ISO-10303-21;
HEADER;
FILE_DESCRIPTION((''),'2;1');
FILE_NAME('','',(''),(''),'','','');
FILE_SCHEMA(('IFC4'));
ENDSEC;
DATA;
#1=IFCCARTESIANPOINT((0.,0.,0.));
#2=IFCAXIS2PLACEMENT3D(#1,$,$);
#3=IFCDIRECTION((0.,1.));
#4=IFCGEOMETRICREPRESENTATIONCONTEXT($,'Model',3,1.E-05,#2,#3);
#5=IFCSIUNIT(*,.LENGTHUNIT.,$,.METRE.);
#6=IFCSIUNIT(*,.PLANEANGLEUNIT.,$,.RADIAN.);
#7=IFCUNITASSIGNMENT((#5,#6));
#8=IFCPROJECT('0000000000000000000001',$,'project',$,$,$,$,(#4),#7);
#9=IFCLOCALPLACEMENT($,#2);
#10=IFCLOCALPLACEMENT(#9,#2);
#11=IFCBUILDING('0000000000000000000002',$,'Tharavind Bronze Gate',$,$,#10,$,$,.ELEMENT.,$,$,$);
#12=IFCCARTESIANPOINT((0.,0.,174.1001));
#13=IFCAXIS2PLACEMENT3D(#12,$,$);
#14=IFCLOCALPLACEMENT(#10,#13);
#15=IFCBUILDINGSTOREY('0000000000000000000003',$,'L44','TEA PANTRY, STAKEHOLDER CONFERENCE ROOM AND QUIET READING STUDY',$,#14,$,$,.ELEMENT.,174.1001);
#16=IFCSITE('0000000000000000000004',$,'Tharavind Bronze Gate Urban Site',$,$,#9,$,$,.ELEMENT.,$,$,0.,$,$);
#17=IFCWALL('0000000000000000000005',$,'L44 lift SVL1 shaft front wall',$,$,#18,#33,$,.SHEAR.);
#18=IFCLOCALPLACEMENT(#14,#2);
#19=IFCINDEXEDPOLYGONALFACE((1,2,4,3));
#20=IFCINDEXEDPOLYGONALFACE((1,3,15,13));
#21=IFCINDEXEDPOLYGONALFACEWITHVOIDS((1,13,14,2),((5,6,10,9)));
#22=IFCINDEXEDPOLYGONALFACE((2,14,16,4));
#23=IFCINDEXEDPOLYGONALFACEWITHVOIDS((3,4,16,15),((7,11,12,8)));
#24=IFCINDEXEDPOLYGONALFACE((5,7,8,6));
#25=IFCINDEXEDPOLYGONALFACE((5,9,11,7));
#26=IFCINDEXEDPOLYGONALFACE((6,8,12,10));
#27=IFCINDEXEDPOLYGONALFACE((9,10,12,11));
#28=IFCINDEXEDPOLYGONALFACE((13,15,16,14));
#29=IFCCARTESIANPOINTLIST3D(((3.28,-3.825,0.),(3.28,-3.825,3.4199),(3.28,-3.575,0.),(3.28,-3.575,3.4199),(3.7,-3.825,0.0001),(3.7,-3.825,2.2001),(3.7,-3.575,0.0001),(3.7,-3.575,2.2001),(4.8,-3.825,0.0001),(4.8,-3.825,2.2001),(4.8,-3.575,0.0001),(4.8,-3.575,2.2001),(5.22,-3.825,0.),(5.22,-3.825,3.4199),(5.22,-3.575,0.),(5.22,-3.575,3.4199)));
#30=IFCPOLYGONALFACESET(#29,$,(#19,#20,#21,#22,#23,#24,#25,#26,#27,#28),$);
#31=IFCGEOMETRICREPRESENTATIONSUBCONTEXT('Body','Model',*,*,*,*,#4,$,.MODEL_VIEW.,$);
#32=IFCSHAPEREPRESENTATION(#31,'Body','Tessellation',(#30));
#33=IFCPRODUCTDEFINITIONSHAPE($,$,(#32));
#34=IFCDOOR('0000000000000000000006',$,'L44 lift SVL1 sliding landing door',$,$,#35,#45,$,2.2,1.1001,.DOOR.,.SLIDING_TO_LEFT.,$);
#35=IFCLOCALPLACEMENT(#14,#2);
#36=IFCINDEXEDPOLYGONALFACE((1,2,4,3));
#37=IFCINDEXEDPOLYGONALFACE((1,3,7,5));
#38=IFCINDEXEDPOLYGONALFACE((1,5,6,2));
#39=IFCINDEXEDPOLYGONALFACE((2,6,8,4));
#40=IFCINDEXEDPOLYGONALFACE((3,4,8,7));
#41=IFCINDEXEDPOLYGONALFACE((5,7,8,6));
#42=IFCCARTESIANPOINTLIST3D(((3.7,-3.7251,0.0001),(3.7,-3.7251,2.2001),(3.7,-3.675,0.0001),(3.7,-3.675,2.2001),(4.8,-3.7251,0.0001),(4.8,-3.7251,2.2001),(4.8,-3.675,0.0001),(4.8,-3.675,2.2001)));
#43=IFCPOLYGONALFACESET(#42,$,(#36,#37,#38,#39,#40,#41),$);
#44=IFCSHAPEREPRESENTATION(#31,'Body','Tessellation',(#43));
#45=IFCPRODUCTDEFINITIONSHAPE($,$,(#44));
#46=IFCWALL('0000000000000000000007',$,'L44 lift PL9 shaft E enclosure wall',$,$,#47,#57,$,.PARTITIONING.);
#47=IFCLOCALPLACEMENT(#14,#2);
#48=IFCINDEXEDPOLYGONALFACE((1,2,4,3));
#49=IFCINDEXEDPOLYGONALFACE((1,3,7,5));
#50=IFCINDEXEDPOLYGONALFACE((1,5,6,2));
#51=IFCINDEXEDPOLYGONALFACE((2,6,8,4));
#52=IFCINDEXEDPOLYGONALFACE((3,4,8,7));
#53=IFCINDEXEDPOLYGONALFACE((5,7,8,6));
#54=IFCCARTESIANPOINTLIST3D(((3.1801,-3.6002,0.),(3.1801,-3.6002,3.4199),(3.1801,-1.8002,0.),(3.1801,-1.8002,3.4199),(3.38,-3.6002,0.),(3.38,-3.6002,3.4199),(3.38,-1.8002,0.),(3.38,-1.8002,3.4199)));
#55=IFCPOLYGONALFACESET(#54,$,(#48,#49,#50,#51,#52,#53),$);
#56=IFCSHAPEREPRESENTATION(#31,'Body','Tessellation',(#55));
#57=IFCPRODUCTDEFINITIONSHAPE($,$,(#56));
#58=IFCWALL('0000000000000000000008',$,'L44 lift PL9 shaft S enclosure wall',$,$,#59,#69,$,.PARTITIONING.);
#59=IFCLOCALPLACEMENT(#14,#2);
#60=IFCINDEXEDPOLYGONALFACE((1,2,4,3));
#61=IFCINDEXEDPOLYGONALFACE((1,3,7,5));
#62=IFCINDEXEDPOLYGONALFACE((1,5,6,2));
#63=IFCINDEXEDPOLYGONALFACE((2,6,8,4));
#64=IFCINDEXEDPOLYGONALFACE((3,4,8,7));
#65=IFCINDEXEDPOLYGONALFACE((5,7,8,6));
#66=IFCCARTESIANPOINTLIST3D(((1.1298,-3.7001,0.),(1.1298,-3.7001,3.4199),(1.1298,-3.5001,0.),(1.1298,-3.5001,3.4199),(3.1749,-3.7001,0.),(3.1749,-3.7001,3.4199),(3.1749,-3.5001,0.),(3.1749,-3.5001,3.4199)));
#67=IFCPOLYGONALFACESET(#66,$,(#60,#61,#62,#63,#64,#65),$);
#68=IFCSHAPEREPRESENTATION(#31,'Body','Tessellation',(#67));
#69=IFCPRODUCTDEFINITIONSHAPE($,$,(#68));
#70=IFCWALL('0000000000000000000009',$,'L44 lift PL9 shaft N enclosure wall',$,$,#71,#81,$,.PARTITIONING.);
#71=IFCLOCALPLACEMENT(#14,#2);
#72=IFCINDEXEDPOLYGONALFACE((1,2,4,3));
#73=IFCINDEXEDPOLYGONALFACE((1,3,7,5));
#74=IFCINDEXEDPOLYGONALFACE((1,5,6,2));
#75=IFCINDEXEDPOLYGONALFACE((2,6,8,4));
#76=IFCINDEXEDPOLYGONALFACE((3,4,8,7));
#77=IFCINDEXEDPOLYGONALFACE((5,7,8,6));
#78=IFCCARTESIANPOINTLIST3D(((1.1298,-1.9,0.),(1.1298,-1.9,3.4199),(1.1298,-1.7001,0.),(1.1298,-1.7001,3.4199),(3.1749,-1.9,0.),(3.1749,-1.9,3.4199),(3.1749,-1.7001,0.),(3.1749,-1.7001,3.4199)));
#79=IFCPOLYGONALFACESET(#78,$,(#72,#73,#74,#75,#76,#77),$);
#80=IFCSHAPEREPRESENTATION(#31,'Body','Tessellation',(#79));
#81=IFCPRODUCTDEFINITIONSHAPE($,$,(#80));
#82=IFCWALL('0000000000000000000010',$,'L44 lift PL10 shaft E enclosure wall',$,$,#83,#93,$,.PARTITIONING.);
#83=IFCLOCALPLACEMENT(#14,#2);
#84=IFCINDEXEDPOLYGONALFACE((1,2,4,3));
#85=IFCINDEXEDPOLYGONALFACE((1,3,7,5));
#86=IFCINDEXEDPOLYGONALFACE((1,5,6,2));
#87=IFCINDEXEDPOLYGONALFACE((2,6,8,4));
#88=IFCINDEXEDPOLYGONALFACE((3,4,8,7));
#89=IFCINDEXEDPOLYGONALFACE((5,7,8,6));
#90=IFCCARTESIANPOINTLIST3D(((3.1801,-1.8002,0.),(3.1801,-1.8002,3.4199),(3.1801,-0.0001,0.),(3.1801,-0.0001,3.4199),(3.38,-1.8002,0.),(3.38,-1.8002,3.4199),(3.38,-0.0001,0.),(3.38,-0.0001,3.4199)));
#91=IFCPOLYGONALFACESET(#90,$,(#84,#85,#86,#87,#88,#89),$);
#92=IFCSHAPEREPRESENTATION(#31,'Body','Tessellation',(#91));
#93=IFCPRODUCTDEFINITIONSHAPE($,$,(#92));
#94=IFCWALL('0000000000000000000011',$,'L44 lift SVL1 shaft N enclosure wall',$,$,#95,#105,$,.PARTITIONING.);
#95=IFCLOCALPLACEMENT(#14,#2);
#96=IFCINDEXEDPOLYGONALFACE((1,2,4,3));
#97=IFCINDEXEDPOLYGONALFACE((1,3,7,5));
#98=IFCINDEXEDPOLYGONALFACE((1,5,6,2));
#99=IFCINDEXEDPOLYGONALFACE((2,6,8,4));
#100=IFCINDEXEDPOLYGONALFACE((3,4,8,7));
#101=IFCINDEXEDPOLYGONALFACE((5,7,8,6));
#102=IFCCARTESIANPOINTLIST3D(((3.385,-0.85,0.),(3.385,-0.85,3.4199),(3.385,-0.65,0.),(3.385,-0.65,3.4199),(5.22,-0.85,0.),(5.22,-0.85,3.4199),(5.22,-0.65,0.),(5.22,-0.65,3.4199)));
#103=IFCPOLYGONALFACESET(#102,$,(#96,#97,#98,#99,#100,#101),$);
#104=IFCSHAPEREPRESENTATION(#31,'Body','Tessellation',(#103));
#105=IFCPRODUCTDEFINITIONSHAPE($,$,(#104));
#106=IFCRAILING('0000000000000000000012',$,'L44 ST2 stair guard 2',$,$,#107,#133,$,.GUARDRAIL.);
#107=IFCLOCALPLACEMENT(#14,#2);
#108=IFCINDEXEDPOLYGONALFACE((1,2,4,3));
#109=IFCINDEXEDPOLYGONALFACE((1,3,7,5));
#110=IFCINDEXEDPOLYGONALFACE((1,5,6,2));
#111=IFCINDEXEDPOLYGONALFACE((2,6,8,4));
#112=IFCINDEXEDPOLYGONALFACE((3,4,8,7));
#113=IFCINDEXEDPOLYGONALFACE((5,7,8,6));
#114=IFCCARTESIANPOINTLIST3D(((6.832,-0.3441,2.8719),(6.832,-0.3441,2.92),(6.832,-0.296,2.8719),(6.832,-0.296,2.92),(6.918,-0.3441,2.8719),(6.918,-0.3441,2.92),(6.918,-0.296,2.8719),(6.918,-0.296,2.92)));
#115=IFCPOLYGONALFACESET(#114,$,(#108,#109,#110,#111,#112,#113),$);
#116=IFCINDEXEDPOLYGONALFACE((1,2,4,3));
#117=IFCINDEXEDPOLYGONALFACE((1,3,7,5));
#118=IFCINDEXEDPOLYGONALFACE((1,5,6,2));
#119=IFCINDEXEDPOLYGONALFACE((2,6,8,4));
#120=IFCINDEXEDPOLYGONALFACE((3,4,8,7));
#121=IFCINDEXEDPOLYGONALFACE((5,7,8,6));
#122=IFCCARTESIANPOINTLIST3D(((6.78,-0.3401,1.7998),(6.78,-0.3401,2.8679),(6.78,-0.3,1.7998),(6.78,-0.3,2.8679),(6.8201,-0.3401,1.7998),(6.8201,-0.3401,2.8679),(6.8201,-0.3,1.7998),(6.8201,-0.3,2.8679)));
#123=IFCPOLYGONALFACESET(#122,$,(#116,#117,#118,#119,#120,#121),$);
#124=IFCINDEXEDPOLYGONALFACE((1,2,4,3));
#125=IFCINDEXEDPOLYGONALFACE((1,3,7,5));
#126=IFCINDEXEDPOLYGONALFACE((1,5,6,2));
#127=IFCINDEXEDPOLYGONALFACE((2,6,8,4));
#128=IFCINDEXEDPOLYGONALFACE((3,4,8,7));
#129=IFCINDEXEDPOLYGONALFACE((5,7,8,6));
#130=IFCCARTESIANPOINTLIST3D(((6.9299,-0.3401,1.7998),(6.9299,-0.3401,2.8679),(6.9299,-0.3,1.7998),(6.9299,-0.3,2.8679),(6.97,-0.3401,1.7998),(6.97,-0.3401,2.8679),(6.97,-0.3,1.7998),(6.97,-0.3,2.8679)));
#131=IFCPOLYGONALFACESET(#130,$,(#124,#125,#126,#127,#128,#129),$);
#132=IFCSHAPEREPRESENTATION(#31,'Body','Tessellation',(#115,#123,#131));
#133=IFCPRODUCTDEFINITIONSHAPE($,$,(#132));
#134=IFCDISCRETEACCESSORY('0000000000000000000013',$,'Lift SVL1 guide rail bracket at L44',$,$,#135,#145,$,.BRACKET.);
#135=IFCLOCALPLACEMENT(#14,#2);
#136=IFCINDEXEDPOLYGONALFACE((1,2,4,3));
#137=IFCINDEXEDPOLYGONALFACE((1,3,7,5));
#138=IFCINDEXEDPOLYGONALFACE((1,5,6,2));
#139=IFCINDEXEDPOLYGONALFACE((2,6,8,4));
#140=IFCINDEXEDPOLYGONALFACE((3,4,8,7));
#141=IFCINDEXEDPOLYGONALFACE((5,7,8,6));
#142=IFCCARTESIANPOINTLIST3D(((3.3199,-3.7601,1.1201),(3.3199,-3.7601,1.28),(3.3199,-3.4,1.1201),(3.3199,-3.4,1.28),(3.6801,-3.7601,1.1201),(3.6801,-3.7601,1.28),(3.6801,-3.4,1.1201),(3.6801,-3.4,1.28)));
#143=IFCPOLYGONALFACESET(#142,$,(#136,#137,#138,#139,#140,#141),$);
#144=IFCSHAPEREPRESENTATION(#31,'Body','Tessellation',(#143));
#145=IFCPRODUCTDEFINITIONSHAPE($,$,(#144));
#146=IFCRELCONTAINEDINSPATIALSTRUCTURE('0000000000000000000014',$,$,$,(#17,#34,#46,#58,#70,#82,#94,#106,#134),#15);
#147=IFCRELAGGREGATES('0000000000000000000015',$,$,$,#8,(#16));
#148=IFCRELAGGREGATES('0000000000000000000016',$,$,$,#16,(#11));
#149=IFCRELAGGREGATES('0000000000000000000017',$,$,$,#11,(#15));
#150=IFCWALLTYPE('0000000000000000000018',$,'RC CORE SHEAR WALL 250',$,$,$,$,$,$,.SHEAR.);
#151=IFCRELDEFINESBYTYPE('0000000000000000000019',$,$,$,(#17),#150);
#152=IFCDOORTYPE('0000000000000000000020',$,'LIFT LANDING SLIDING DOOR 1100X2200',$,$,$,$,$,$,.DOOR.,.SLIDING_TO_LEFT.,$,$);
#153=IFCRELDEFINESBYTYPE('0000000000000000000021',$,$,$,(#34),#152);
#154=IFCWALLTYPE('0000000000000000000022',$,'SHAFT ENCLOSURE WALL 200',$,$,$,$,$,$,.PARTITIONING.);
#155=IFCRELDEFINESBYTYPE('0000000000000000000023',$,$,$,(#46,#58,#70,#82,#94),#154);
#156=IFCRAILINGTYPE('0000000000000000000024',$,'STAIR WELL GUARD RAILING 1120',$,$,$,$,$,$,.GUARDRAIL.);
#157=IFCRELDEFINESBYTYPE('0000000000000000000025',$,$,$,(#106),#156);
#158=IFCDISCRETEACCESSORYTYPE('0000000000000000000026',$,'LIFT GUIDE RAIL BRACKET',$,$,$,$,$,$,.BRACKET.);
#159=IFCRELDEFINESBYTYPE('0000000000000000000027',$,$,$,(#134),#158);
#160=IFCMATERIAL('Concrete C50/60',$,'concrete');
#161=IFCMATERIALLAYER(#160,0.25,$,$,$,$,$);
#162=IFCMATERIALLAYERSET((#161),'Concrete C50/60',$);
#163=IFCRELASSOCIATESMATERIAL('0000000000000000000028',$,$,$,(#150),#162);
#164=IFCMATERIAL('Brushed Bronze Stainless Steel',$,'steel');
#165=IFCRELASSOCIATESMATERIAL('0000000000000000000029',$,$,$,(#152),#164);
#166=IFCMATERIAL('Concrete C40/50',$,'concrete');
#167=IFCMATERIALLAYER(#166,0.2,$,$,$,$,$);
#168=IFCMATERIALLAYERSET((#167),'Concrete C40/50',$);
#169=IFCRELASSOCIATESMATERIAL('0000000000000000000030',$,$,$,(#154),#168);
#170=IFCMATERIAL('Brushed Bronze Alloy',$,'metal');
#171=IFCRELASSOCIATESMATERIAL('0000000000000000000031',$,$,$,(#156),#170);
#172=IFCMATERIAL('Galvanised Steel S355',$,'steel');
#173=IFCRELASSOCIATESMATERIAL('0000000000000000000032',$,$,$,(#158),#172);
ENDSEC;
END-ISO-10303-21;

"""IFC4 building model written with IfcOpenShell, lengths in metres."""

from ifc_helpers import new_model, si_unit, direction, frame, frame_2d, origin, origin_2d, place, context, subcontext, project, spatial, rectangle, extrude, material, layer, layer_set, type_object, element, fill, save


model = new_model("IFC4")

# Units and contexts
model_context = context("Model", 3, precision=1e-05, world=origin(), true_north=direction((0.0, 1.0)))
body_context = subcontext(model_context, "Body", "Model", "MODEL_VIEW")
ifc_project = project(units=[si_unit("LENGTHUNIT", "METRE"), si_unit("PLANEANGLEUNIT", "RADIAN")], contexts=[model_context])

# Site, building, storey
site_placement = place(None, origin())
site = spatial("IfcSite", under=ifc_project, at=site_placement, Name="Tharavind Bronze Gate Urban Site", CompositionType="ELEMENT", RefElevation=0.0)
building_placement = place(site_placement, origin())
building = spatial("IfcBuilding", under=site, at=building_placement, Name="Tharavind Bronze Gate", CompositionType="ELEMENT")
storey_placement = place(building_placement, frame((0.0, 0.0, 174.1001)))
storey = spatial("IfcBuildingStorey", under=building, at=storey_placement, Name="L44", Description="TEA PANTRY, STAKEHOLDER CONFERENCE ROOM AND QUIET READING STUDY", CompositionType="ELEMENT", Elevation=174.1001)

# Shared definitions
ifc_material_1 = material(Name="Concrete C50/60", Category="concrete")
ifc_layer_1 = layer(ifc_material_1, 0.25)
ifc_layer_set_1 = layer_set([ifc_layer_1], Name="Concrete C50/60")
wall_type_1 = type_object("IfcWallType", Name="RC CORE SHEAR WALL 250", PredefinedType="SHEAR", material=ifc_layer_set_1)

# Wall, opening, door
wall_1_placement = place(storey_placement, frame((3.28, -3.7, 0.0), z_axis=(0.0, 0.0, 1.0), x_axis=(1.0, 0.0, 0.0)))
wall_1 = element("IfcWall", 1, at=wall_1_placement, inside=storey, type_object=wall_type_1, Name="L44 lift SVL1 shaft front wall", PredefinedType="SHEAR", context=body_context, shape_type="SweptSolid", body=[
    extrude(rectangle(XDim=1.9399, YDim=0.25, at=frame_2d((0.97, 0.0))), origin(), (0.0, 0.0, 1.0), 3.4199),
])
opening_placement = place(wall_1_placement, frame((0.4199, 0.0, 0.0)))
opening = element("IfcOpeningElement", 2, at=opening_placement, cuts=wall_1, PredefinedType="OPENING", context=body_context, shape_type="SweptSolid", body=[
    extrude(rectangle(XDim=1.1001, YDim=2.2, at=frame_2d((0.55, 1.1001))), frame((0.0, 0.135, 0.0), z_axis=(0.0, -1.0, 0.0), x_axis=(1.0, 0.0, 0.0)), (0.0, 0.0, 1.0), 0.27),
])
ifc_material_2 = material(Name="Brushed Bronze Stainless Steel", Category="steel")
door_type = type_object("IfcDoorType", Name="LIFT LANDING SLIDING DOOR 1100X2200", OperationType="SLIDING_TO_LEFT", PredefinedType="DOOR", material=ifc_material_2)
door_placement = place(opening_placement, origin())
door = element("IfcDoor", 3, at=door_placement, inside=storey, type_object=door_type, Name="L44 lift SVL1 sliding landing door", OperationType="SLIDING_TO_LEFT", OverallHeight=2.2, OverallWidth=1.1001, PredefinedType="DOOR", context=body_context, shape_type="SweptSolid", body=[
    extrude(rectangle(XDim=1.1001, YDim=2.2, at=frame_2d((0.55, 1.1001))), frame((0.0, 0.0249, 0.0), z_axis=(0.0, -1.0, 0.0), x_axis=(1.0, 0.0, 0.0)), (0.0, 0.0, 1.0), 0.05),
])
fill(opening, door)

# Walls
ifc_material_3 = material(Name="Concrete C40/50", Category="concrete")
ifc_layer_2 = layer(ifc_material_3, 0.2)
ifc_layer_set_2 = layer_set([ifc_layer_2], Name="Concrete C40/50")
wall_type_2 = type_object("IfcWallType", Name="SHAFT ENCLOSURE WALL 200", PredefinedType="PARTITIONING", material=ifc_layer_set_2)
wall_2_placement = place(storey_placement, frame((3.28, -3.6001, 0.0), z_axis=(0.0, 0.0, 1.0), x_axis=(0.0, 1.0, 0.0)))
element("IfcWall", 4, at=wall_2_placement, inside=storey, type_object=wall_type_2, Name="L44 lift PL9 shaft E enclosure wall", PredefinedType="PARTITIONING", context=body_context, shape_type="SweptSolid", body=[
    extrude(rectangle(XDim=1.8, YDim=0.2, at=frame_2d((0.8999, 0.0))), origin(), (0.0, 0.0, 1.0), 3.4199),
])
for number, where, z_axis, x_axis, name in (
    (5, (1.1299, -3.6001, 0.0), (0.0, 0.0, 1.0), (1.0, 0.0, 0.0), "L44 lift PL9 shaft S enclosure wall"),
    (6, (1.1299, -1.8, 0.0), (0.0, 0.0, 1.0), (1.0, 0.0, 0.0), "L44 lift PL9 shaft N enclosure wall"),
):
    element("IfcWall", number, at=place(storey_placement, frame(where, z_axis=z_axis, x_axis=x_axis)), inside=storey, type_object=wall_type_2, Name=name, PredefinedType="PARTITIONING", context=body_context, shape_type="SweptSolid", body=[
        extrude(rectangle(XDim=2.0452, YDim=0.2, at=frame_2d((1.0225, 0.0))), origin(), (0.0, 0.0, 1.0), 3.4199),
    ])
wall_3_placement = place(storey_placement, frame((3.28, -1.8, 0.0), z_axis=(0.0, 0.0, 1.0), x_axis=(0.0, 1.0, 0.0)))
element("IfcWall", 7, at=wall_3_placement, inside=storey, type_object=wall_type_2, Name="L44 lift PL10 shaft E enclosure wall", PredefinedType="PARTITIONING", context=body_context, shape_type="SweptSolid", body=[
    extrude(rectangle(XDim=1.8, YDim=0.2, at=frame_2d((0.8999, 0.0))), origin(), (0.0, 0.0, 1.0), 3.4199),
])
wall_4_placement = place(storey_placement, frame((3.385, -0.75, 0.0), z_axis=(0.0, 0.0, 1.0), x_axis=(1.0, 0.0, 0.0)))
element("IfcWall", 8, at=wall_4_placement, inside=storey, type_object=wall_type_2, Name="L44 lift SVL1 shaft N enclosure wall", PredefinedType="PARTITIONING", context=body_context, shape_type="SweptSolid", body=[
    extrude(rectangle(XDim=1.835, YDim=0.2, at=frame_2d((0.9175, 0.0))), origin(), (0.0, 0.0, 1.0), 3.4199),
])

# Railing
ifc_material_4 = material(Name="Brushed Bronze Alloy", Category="metal")
railing_type = type_object("IfcRailingType", Name="STAIR WELL GUARD RAILING 1120", PredefinedType="GUARDRAIL", material=ifc_material_4)
railing_placement = place(storey_placement, frame((6.8, -0.3201, 1.7998)))
element("IfcRailing", 9, at=railing_placement, inside=storey, type_object=railing_type, Name="L44 ST2 stair guard 2", PredefinedType="GUARDRAIL", context=body_context, shape_type="SweptSolid", body=[
    extrude(rectangle(XDim=0.0481, YDim=0.0481, at=origin_2d()), frame((0.032, 0.0, 1.0962), z_axis=(1.0, 0.0, 0.0), x_axis=(0.0, 1.0, 0.0)), (0.0, 0.0, 1.0), 0.0859),
    extrude(rectangle(XDim=0.04, YDim=0.04, at=origin_2d()), origin(), (0.0, 0.0, 1.0), 1.0681),
    extrude(rectangle(XDim=0.04, YDim=0.04, at=origin_2d()), frame((0.1499, 0.0, 0.0)), (0.0, 0.0, 1.0), 1.0681),
])

# Discrete accessory
ifc_material_5 = material(Name="Galvanised Steel S355", Category="steel")
discrete_accessory_type = type_object("IfcDiscreteAccessoryType", Name="LIFT GUIDE RAIL BRACKET", PredefinedType="BRACKET", material=ifc_material_5)
discrete_accessory_placement = place(storey_placement, frame((3.5, -3.5801, 1.1201), z_axis=(0.0, 0.0, 1.0), x_axis=(1.0, 0.0, 0.0)))
element("IfcDiscreteAccessory", 10, at=discrete_accessory_placement, inside=storey, type_object=discrete_accessory_type, Name="Lift SVL1 guide rail bracket at L44", PredefinedType="BRACKET", context=body_context, shape_type="SweptSolid", body=[
    extrude(rectangle(XDim=0.3601, YDim=0.3601, at=origin_2d()), origin(), (0.0, 0.0, 1.0), 0.1599),
])

save(model, "model.ifc")
